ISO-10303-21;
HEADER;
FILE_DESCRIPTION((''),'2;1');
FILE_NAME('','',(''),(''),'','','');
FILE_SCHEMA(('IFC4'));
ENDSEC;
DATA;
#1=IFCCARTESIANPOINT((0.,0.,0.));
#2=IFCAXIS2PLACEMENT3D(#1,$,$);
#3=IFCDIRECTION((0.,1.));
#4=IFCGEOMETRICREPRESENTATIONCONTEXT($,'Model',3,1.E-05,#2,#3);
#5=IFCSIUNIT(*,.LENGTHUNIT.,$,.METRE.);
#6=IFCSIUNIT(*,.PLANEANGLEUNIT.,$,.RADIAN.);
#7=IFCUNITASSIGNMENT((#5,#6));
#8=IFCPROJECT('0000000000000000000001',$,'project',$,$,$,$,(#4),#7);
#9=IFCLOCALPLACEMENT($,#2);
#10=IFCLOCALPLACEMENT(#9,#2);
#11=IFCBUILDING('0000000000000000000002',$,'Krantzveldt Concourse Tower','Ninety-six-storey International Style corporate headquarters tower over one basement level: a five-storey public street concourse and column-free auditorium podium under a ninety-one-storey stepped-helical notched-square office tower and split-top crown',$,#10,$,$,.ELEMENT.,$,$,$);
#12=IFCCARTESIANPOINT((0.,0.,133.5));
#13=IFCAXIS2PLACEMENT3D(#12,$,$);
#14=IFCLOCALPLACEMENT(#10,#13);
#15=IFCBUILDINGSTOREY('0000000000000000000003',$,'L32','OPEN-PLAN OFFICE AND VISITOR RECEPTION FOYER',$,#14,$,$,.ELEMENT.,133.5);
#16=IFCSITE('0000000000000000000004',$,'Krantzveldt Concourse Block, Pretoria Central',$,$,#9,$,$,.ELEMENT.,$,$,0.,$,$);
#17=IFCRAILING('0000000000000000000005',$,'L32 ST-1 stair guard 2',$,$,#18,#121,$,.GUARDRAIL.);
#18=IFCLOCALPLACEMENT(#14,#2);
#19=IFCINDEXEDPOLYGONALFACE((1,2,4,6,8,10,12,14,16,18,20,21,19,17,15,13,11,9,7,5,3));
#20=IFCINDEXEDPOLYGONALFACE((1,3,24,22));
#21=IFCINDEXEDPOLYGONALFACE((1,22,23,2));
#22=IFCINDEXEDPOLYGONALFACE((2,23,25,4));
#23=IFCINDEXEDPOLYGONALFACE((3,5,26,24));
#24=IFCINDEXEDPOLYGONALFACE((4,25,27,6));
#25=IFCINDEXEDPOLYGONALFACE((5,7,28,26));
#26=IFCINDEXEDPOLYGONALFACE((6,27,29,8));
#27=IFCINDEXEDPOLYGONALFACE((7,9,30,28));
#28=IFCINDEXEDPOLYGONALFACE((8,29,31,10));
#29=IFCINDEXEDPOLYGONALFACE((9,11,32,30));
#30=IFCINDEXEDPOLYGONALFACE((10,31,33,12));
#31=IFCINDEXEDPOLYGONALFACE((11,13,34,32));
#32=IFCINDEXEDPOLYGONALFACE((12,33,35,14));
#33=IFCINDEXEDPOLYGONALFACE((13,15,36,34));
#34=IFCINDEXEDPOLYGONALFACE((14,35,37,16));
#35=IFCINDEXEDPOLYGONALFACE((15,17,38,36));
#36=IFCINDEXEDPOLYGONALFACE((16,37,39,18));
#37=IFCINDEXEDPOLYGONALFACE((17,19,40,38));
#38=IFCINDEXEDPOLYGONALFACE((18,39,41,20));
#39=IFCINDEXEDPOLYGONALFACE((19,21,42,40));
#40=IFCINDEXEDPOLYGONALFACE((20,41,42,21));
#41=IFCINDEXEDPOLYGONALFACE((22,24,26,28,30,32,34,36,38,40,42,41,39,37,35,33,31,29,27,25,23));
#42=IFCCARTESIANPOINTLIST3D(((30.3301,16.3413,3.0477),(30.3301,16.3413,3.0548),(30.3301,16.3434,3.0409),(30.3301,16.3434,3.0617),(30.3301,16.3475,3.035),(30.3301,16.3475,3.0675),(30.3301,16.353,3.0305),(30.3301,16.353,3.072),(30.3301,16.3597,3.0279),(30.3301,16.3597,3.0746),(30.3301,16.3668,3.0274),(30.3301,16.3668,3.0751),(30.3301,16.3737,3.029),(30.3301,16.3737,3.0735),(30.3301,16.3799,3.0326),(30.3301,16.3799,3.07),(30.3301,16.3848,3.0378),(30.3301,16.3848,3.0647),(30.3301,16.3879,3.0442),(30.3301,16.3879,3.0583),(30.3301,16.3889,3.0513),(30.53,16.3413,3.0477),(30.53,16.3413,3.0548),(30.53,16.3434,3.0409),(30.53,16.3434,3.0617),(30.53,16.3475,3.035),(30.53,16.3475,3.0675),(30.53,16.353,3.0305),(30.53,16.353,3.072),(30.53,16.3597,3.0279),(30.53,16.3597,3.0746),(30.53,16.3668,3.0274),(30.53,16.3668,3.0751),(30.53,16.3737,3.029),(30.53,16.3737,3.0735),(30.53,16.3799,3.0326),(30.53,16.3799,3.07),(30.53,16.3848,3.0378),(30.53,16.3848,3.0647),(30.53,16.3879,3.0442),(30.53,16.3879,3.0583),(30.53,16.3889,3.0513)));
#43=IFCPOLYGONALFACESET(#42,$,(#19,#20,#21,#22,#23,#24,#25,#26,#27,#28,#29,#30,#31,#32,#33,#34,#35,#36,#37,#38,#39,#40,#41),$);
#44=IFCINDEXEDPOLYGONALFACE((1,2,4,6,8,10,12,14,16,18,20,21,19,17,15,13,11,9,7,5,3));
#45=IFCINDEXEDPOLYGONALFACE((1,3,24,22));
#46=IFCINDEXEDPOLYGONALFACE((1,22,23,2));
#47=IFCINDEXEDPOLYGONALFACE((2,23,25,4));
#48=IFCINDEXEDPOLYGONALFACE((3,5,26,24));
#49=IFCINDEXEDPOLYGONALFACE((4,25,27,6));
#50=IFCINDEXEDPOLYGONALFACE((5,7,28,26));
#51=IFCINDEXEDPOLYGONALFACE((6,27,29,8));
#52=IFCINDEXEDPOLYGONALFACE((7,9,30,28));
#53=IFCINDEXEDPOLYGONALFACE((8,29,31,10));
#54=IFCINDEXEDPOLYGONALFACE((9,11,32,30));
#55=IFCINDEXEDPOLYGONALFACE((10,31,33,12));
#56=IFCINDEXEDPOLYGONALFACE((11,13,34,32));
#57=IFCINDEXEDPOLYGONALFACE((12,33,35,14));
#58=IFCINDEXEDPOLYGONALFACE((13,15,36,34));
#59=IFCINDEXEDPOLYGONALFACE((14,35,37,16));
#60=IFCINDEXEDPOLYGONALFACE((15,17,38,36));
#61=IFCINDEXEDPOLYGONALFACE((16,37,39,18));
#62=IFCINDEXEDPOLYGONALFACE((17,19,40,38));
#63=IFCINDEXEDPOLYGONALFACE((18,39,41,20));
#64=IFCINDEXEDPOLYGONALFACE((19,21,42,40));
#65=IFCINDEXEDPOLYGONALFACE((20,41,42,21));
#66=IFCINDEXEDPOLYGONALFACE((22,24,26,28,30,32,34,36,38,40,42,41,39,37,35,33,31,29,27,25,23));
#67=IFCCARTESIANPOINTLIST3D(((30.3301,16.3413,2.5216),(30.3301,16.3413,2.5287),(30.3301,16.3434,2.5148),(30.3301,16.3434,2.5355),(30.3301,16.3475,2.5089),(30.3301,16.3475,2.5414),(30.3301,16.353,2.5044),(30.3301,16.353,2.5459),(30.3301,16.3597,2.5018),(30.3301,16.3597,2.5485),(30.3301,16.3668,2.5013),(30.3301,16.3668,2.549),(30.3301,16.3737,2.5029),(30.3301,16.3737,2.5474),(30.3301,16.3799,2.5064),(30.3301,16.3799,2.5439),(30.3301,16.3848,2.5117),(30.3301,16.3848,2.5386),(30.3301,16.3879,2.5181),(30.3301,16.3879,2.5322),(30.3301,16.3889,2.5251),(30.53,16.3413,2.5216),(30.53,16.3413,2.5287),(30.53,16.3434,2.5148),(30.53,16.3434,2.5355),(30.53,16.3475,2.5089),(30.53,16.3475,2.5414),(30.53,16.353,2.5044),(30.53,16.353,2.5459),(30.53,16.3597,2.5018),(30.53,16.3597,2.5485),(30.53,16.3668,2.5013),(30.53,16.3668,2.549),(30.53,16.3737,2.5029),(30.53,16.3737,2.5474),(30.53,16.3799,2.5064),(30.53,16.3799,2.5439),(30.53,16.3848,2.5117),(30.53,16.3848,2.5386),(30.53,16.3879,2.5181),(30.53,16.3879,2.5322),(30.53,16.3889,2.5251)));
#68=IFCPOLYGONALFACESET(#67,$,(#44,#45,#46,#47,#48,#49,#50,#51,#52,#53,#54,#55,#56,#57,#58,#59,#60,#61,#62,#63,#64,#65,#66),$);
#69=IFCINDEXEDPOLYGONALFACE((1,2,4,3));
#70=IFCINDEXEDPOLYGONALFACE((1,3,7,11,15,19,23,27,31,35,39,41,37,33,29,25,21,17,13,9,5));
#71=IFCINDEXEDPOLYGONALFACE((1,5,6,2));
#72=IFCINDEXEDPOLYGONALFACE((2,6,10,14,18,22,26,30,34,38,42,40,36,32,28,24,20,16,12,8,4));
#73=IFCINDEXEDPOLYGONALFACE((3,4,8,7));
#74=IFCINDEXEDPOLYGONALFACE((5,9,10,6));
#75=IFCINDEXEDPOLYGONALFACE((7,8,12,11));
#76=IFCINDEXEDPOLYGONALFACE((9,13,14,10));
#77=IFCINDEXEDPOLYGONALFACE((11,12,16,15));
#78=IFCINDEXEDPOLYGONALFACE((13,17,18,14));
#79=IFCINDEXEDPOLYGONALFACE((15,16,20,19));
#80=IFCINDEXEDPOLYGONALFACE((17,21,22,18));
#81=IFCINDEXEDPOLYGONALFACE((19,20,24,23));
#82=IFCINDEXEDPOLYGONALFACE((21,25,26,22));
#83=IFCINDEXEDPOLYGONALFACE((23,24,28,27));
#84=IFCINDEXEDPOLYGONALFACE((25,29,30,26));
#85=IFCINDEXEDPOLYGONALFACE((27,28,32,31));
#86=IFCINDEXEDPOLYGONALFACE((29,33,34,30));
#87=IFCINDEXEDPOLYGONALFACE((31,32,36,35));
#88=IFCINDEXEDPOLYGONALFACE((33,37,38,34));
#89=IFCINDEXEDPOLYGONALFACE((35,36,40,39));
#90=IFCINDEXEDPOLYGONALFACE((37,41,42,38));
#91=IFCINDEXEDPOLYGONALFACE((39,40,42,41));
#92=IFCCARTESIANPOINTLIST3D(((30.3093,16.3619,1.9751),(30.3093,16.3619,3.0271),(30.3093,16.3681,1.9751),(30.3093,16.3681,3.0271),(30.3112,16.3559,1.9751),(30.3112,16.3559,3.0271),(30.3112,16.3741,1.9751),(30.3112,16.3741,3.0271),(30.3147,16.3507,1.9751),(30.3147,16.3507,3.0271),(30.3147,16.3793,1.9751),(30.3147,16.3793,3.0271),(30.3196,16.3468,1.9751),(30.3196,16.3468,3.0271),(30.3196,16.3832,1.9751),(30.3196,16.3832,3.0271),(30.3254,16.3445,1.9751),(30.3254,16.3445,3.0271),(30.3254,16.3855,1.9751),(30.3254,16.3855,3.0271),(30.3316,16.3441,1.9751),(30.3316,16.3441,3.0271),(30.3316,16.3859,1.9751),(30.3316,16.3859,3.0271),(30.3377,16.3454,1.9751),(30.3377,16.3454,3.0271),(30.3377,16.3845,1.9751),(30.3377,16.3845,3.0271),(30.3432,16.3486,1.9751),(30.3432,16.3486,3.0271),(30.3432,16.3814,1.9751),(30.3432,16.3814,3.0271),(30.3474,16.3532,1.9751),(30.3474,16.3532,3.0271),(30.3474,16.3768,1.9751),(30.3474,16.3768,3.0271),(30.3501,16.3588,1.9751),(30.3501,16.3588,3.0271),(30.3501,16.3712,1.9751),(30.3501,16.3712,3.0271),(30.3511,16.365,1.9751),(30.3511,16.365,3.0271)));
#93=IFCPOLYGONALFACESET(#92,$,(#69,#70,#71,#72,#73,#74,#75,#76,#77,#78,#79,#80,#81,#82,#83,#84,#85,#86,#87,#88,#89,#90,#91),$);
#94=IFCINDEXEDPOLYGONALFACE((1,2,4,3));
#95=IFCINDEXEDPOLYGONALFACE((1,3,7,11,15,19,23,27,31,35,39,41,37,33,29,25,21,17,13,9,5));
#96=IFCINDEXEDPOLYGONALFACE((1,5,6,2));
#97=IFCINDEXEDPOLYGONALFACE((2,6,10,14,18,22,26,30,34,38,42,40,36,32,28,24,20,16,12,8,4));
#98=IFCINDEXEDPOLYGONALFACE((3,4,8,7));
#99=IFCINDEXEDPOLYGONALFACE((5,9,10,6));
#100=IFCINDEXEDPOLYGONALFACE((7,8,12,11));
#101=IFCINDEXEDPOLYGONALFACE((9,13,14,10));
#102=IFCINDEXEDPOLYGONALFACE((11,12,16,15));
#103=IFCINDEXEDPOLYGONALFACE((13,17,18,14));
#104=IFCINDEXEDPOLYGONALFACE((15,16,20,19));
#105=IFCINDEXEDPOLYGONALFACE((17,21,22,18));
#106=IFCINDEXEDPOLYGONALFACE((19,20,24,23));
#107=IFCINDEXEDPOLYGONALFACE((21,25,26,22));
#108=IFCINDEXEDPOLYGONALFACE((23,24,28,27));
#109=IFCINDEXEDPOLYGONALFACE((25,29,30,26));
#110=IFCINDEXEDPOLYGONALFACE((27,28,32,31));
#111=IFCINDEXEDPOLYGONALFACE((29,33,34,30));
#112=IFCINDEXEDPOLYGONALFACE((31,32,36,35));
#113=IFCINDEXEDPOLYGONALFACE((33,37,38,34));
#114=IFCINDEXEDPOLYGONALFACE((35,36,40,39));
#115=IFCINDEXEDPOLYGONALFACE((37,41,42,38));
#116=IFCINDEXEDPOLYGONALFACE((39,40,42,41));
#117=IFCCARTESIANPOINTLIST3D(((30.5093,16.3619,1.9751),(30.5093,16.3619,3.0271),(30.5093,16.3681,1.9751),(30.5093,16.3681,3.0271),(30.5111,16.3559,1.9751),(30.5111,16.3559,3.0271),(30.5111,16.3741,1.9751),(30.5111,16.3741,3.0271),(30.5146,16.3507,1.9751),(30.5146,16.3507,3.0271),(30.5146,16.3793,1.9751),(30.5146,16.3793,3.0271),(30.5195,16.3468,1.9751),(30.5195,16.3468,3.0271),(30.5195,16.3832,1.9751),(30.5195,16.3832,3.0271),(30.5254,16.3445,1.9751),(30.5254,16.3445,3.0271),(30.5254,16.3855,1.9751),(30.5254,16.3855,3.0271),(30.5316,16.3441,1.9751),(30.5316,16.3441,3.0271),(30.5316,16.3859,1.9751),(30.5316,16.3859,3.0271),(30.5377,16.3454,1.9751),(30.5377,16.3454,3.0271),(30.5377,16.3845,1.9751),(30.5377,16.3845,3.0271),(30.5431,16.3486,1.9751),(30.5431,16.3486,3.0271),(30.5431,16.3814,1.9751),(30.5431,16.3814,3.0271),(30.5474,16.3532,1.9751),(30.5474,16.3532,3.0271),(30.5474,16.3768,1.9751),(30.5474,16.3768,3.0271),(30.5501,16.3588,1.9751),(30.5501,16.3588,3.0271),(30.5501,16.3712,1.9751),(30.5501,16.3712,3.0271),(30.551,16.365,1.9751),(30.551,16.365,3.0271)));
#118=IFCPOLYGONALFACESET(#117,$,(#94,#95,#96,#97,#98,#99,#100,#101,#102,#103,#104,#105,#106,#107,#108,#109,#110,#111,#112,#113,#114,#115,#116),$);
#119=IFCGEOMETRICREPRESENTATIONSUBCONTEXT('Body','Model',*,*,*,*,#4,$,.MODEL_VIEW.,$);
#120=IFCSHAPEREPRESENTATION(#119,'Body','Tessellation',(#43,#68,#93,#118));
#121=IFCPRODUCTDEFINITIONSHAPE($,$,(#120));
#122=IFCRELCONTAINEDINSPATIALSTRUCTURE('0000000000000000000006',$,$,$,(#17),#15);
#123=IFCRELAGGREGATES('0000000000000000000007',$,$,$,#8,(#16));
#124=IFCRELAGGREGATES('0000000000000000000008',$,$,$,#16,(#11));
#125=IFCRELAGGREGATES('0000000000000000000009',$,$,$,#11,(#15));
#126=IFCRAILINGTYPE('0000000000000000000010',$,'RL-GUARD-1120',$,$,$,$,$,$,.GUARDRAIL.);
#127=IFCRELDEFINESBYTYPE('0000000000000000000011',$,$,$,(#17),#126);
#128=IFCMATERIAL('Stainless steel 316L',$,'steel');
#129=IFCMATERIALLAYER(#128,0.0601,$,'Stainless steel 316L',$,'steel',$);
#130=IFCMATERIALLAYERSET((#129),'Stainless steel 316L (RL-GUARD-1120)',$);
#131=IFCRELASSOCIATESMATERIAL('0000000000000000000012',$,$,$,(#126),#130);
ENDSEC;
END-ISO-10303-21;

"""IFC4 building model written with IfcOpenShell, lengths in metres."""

from ifc_helpers import new_model, si_unit, direction, frame, origin, origin_2d, place, context, subcontext, project, spatial, circle, extrude, material, layer, layer_set, type_object, element, save


model = new_model("IFC4")

# Units and contexts
model_context = context("Model", 3, precision=1e-05, world=origin(), true_north=direction((0.0, 1.0)))
body_context = subcontext(model_context, "Body", "Model", "MODEL_VIEW")
ifc_project = project(units=[si_unit("LENGTHUNIT", "METRE"), si_unit("PLANEANGLEUNIT", "RADIAN")], contexts=[model_context])

# Site, building, storey
site_placement = place(None, origin())
site = spatial("IfcSite", under=ifc_project, at=site_placement, Name="Krantzveldt Concourse Block, Pretoria Central", CompositionType="ELEMENT", RefElevation=0.0)
building_placement = place(site_placement, origin())
building = spatial("IfcBuilding", under=site, at=building_placement, Name="Krantzveldt Concourse Tower", Description="Ninety-six-storey International Style corporate headquarters tower over one basement level: a five-storey public street concourse and column-free auditorium podium under a ninety-one-storey stepped-helical notched-square office tower and split-top crown", CompositionType="ELEMENT")
storey_placement = place(building_placement, frame((0.0, 0.0, 133.5)))
storey = spatial("IfcBuildingStorey", under=building, at=storey_placement, Name="L32", Description="OPEN-PLAN OFFICE AND VISITOR RECEPTION FOYER", CompositionType="ELEMENT", Elevation=133.5)

# Shared definitions
ifc_material_1 = material(Name="Stainless steel 316L", Category="steel")

# Railing
ifc_layer_1 = layer(ifc_material_1, 0.0601, Name="Stainless steel 316L", Category="steel")
ifc_layer_set_1 = layer_set([ifc_layer_1], Name="Stainless steel 316L (RL-GUARD-1120)")
railing_type_1 = type_object("IfcRailingType", Name="RL-GUARD-1120", PredefinedType="GUARDRAIL", material=ifc_layer_set_1)
railing_1_placement = place(storey_placement, frame((30.3301, 16.365, 1.9751)))
element("IfcRailing", 1, at=railing_1_placement, inside=storey, type_object=railing_type_1, Name="L32 ST-1 stair guard 2", PredefinedType="GUARDRAIL", context=body_context, shape_type="SweptSolid", body=[
    extrude(circle(Radius=0.0239, at=origin_2d()), frame((0.0, 0.0, 1.0762), z_axis=(1.0, 0.0, 0.0), x_axis=(0.0, 1.0, 0.0)), (0.0, 0.0, 1.0), 0.2),
    extrude(circle(Radius=0.0239, at=origin_2d()), frame((0.0, 0.0, 0.55), z_axis=(1.0, 0.0, 0.0), x_axis=(0.0, 1.0, 0.0)), (0.0, 0.0, 1.0), 0.2),
    extrude(circle(Radius=0.021, at=origin_2d()), origin(), (0.0, 0.0, 1.0), 1.052),
    extrude(circle(Radius=0.021, at=origin_2d()), frame((0.2, 0.0, 0.0)), (0.0, 0.0, 1.0), 1.052),
])

save(model, "model.ifc")
